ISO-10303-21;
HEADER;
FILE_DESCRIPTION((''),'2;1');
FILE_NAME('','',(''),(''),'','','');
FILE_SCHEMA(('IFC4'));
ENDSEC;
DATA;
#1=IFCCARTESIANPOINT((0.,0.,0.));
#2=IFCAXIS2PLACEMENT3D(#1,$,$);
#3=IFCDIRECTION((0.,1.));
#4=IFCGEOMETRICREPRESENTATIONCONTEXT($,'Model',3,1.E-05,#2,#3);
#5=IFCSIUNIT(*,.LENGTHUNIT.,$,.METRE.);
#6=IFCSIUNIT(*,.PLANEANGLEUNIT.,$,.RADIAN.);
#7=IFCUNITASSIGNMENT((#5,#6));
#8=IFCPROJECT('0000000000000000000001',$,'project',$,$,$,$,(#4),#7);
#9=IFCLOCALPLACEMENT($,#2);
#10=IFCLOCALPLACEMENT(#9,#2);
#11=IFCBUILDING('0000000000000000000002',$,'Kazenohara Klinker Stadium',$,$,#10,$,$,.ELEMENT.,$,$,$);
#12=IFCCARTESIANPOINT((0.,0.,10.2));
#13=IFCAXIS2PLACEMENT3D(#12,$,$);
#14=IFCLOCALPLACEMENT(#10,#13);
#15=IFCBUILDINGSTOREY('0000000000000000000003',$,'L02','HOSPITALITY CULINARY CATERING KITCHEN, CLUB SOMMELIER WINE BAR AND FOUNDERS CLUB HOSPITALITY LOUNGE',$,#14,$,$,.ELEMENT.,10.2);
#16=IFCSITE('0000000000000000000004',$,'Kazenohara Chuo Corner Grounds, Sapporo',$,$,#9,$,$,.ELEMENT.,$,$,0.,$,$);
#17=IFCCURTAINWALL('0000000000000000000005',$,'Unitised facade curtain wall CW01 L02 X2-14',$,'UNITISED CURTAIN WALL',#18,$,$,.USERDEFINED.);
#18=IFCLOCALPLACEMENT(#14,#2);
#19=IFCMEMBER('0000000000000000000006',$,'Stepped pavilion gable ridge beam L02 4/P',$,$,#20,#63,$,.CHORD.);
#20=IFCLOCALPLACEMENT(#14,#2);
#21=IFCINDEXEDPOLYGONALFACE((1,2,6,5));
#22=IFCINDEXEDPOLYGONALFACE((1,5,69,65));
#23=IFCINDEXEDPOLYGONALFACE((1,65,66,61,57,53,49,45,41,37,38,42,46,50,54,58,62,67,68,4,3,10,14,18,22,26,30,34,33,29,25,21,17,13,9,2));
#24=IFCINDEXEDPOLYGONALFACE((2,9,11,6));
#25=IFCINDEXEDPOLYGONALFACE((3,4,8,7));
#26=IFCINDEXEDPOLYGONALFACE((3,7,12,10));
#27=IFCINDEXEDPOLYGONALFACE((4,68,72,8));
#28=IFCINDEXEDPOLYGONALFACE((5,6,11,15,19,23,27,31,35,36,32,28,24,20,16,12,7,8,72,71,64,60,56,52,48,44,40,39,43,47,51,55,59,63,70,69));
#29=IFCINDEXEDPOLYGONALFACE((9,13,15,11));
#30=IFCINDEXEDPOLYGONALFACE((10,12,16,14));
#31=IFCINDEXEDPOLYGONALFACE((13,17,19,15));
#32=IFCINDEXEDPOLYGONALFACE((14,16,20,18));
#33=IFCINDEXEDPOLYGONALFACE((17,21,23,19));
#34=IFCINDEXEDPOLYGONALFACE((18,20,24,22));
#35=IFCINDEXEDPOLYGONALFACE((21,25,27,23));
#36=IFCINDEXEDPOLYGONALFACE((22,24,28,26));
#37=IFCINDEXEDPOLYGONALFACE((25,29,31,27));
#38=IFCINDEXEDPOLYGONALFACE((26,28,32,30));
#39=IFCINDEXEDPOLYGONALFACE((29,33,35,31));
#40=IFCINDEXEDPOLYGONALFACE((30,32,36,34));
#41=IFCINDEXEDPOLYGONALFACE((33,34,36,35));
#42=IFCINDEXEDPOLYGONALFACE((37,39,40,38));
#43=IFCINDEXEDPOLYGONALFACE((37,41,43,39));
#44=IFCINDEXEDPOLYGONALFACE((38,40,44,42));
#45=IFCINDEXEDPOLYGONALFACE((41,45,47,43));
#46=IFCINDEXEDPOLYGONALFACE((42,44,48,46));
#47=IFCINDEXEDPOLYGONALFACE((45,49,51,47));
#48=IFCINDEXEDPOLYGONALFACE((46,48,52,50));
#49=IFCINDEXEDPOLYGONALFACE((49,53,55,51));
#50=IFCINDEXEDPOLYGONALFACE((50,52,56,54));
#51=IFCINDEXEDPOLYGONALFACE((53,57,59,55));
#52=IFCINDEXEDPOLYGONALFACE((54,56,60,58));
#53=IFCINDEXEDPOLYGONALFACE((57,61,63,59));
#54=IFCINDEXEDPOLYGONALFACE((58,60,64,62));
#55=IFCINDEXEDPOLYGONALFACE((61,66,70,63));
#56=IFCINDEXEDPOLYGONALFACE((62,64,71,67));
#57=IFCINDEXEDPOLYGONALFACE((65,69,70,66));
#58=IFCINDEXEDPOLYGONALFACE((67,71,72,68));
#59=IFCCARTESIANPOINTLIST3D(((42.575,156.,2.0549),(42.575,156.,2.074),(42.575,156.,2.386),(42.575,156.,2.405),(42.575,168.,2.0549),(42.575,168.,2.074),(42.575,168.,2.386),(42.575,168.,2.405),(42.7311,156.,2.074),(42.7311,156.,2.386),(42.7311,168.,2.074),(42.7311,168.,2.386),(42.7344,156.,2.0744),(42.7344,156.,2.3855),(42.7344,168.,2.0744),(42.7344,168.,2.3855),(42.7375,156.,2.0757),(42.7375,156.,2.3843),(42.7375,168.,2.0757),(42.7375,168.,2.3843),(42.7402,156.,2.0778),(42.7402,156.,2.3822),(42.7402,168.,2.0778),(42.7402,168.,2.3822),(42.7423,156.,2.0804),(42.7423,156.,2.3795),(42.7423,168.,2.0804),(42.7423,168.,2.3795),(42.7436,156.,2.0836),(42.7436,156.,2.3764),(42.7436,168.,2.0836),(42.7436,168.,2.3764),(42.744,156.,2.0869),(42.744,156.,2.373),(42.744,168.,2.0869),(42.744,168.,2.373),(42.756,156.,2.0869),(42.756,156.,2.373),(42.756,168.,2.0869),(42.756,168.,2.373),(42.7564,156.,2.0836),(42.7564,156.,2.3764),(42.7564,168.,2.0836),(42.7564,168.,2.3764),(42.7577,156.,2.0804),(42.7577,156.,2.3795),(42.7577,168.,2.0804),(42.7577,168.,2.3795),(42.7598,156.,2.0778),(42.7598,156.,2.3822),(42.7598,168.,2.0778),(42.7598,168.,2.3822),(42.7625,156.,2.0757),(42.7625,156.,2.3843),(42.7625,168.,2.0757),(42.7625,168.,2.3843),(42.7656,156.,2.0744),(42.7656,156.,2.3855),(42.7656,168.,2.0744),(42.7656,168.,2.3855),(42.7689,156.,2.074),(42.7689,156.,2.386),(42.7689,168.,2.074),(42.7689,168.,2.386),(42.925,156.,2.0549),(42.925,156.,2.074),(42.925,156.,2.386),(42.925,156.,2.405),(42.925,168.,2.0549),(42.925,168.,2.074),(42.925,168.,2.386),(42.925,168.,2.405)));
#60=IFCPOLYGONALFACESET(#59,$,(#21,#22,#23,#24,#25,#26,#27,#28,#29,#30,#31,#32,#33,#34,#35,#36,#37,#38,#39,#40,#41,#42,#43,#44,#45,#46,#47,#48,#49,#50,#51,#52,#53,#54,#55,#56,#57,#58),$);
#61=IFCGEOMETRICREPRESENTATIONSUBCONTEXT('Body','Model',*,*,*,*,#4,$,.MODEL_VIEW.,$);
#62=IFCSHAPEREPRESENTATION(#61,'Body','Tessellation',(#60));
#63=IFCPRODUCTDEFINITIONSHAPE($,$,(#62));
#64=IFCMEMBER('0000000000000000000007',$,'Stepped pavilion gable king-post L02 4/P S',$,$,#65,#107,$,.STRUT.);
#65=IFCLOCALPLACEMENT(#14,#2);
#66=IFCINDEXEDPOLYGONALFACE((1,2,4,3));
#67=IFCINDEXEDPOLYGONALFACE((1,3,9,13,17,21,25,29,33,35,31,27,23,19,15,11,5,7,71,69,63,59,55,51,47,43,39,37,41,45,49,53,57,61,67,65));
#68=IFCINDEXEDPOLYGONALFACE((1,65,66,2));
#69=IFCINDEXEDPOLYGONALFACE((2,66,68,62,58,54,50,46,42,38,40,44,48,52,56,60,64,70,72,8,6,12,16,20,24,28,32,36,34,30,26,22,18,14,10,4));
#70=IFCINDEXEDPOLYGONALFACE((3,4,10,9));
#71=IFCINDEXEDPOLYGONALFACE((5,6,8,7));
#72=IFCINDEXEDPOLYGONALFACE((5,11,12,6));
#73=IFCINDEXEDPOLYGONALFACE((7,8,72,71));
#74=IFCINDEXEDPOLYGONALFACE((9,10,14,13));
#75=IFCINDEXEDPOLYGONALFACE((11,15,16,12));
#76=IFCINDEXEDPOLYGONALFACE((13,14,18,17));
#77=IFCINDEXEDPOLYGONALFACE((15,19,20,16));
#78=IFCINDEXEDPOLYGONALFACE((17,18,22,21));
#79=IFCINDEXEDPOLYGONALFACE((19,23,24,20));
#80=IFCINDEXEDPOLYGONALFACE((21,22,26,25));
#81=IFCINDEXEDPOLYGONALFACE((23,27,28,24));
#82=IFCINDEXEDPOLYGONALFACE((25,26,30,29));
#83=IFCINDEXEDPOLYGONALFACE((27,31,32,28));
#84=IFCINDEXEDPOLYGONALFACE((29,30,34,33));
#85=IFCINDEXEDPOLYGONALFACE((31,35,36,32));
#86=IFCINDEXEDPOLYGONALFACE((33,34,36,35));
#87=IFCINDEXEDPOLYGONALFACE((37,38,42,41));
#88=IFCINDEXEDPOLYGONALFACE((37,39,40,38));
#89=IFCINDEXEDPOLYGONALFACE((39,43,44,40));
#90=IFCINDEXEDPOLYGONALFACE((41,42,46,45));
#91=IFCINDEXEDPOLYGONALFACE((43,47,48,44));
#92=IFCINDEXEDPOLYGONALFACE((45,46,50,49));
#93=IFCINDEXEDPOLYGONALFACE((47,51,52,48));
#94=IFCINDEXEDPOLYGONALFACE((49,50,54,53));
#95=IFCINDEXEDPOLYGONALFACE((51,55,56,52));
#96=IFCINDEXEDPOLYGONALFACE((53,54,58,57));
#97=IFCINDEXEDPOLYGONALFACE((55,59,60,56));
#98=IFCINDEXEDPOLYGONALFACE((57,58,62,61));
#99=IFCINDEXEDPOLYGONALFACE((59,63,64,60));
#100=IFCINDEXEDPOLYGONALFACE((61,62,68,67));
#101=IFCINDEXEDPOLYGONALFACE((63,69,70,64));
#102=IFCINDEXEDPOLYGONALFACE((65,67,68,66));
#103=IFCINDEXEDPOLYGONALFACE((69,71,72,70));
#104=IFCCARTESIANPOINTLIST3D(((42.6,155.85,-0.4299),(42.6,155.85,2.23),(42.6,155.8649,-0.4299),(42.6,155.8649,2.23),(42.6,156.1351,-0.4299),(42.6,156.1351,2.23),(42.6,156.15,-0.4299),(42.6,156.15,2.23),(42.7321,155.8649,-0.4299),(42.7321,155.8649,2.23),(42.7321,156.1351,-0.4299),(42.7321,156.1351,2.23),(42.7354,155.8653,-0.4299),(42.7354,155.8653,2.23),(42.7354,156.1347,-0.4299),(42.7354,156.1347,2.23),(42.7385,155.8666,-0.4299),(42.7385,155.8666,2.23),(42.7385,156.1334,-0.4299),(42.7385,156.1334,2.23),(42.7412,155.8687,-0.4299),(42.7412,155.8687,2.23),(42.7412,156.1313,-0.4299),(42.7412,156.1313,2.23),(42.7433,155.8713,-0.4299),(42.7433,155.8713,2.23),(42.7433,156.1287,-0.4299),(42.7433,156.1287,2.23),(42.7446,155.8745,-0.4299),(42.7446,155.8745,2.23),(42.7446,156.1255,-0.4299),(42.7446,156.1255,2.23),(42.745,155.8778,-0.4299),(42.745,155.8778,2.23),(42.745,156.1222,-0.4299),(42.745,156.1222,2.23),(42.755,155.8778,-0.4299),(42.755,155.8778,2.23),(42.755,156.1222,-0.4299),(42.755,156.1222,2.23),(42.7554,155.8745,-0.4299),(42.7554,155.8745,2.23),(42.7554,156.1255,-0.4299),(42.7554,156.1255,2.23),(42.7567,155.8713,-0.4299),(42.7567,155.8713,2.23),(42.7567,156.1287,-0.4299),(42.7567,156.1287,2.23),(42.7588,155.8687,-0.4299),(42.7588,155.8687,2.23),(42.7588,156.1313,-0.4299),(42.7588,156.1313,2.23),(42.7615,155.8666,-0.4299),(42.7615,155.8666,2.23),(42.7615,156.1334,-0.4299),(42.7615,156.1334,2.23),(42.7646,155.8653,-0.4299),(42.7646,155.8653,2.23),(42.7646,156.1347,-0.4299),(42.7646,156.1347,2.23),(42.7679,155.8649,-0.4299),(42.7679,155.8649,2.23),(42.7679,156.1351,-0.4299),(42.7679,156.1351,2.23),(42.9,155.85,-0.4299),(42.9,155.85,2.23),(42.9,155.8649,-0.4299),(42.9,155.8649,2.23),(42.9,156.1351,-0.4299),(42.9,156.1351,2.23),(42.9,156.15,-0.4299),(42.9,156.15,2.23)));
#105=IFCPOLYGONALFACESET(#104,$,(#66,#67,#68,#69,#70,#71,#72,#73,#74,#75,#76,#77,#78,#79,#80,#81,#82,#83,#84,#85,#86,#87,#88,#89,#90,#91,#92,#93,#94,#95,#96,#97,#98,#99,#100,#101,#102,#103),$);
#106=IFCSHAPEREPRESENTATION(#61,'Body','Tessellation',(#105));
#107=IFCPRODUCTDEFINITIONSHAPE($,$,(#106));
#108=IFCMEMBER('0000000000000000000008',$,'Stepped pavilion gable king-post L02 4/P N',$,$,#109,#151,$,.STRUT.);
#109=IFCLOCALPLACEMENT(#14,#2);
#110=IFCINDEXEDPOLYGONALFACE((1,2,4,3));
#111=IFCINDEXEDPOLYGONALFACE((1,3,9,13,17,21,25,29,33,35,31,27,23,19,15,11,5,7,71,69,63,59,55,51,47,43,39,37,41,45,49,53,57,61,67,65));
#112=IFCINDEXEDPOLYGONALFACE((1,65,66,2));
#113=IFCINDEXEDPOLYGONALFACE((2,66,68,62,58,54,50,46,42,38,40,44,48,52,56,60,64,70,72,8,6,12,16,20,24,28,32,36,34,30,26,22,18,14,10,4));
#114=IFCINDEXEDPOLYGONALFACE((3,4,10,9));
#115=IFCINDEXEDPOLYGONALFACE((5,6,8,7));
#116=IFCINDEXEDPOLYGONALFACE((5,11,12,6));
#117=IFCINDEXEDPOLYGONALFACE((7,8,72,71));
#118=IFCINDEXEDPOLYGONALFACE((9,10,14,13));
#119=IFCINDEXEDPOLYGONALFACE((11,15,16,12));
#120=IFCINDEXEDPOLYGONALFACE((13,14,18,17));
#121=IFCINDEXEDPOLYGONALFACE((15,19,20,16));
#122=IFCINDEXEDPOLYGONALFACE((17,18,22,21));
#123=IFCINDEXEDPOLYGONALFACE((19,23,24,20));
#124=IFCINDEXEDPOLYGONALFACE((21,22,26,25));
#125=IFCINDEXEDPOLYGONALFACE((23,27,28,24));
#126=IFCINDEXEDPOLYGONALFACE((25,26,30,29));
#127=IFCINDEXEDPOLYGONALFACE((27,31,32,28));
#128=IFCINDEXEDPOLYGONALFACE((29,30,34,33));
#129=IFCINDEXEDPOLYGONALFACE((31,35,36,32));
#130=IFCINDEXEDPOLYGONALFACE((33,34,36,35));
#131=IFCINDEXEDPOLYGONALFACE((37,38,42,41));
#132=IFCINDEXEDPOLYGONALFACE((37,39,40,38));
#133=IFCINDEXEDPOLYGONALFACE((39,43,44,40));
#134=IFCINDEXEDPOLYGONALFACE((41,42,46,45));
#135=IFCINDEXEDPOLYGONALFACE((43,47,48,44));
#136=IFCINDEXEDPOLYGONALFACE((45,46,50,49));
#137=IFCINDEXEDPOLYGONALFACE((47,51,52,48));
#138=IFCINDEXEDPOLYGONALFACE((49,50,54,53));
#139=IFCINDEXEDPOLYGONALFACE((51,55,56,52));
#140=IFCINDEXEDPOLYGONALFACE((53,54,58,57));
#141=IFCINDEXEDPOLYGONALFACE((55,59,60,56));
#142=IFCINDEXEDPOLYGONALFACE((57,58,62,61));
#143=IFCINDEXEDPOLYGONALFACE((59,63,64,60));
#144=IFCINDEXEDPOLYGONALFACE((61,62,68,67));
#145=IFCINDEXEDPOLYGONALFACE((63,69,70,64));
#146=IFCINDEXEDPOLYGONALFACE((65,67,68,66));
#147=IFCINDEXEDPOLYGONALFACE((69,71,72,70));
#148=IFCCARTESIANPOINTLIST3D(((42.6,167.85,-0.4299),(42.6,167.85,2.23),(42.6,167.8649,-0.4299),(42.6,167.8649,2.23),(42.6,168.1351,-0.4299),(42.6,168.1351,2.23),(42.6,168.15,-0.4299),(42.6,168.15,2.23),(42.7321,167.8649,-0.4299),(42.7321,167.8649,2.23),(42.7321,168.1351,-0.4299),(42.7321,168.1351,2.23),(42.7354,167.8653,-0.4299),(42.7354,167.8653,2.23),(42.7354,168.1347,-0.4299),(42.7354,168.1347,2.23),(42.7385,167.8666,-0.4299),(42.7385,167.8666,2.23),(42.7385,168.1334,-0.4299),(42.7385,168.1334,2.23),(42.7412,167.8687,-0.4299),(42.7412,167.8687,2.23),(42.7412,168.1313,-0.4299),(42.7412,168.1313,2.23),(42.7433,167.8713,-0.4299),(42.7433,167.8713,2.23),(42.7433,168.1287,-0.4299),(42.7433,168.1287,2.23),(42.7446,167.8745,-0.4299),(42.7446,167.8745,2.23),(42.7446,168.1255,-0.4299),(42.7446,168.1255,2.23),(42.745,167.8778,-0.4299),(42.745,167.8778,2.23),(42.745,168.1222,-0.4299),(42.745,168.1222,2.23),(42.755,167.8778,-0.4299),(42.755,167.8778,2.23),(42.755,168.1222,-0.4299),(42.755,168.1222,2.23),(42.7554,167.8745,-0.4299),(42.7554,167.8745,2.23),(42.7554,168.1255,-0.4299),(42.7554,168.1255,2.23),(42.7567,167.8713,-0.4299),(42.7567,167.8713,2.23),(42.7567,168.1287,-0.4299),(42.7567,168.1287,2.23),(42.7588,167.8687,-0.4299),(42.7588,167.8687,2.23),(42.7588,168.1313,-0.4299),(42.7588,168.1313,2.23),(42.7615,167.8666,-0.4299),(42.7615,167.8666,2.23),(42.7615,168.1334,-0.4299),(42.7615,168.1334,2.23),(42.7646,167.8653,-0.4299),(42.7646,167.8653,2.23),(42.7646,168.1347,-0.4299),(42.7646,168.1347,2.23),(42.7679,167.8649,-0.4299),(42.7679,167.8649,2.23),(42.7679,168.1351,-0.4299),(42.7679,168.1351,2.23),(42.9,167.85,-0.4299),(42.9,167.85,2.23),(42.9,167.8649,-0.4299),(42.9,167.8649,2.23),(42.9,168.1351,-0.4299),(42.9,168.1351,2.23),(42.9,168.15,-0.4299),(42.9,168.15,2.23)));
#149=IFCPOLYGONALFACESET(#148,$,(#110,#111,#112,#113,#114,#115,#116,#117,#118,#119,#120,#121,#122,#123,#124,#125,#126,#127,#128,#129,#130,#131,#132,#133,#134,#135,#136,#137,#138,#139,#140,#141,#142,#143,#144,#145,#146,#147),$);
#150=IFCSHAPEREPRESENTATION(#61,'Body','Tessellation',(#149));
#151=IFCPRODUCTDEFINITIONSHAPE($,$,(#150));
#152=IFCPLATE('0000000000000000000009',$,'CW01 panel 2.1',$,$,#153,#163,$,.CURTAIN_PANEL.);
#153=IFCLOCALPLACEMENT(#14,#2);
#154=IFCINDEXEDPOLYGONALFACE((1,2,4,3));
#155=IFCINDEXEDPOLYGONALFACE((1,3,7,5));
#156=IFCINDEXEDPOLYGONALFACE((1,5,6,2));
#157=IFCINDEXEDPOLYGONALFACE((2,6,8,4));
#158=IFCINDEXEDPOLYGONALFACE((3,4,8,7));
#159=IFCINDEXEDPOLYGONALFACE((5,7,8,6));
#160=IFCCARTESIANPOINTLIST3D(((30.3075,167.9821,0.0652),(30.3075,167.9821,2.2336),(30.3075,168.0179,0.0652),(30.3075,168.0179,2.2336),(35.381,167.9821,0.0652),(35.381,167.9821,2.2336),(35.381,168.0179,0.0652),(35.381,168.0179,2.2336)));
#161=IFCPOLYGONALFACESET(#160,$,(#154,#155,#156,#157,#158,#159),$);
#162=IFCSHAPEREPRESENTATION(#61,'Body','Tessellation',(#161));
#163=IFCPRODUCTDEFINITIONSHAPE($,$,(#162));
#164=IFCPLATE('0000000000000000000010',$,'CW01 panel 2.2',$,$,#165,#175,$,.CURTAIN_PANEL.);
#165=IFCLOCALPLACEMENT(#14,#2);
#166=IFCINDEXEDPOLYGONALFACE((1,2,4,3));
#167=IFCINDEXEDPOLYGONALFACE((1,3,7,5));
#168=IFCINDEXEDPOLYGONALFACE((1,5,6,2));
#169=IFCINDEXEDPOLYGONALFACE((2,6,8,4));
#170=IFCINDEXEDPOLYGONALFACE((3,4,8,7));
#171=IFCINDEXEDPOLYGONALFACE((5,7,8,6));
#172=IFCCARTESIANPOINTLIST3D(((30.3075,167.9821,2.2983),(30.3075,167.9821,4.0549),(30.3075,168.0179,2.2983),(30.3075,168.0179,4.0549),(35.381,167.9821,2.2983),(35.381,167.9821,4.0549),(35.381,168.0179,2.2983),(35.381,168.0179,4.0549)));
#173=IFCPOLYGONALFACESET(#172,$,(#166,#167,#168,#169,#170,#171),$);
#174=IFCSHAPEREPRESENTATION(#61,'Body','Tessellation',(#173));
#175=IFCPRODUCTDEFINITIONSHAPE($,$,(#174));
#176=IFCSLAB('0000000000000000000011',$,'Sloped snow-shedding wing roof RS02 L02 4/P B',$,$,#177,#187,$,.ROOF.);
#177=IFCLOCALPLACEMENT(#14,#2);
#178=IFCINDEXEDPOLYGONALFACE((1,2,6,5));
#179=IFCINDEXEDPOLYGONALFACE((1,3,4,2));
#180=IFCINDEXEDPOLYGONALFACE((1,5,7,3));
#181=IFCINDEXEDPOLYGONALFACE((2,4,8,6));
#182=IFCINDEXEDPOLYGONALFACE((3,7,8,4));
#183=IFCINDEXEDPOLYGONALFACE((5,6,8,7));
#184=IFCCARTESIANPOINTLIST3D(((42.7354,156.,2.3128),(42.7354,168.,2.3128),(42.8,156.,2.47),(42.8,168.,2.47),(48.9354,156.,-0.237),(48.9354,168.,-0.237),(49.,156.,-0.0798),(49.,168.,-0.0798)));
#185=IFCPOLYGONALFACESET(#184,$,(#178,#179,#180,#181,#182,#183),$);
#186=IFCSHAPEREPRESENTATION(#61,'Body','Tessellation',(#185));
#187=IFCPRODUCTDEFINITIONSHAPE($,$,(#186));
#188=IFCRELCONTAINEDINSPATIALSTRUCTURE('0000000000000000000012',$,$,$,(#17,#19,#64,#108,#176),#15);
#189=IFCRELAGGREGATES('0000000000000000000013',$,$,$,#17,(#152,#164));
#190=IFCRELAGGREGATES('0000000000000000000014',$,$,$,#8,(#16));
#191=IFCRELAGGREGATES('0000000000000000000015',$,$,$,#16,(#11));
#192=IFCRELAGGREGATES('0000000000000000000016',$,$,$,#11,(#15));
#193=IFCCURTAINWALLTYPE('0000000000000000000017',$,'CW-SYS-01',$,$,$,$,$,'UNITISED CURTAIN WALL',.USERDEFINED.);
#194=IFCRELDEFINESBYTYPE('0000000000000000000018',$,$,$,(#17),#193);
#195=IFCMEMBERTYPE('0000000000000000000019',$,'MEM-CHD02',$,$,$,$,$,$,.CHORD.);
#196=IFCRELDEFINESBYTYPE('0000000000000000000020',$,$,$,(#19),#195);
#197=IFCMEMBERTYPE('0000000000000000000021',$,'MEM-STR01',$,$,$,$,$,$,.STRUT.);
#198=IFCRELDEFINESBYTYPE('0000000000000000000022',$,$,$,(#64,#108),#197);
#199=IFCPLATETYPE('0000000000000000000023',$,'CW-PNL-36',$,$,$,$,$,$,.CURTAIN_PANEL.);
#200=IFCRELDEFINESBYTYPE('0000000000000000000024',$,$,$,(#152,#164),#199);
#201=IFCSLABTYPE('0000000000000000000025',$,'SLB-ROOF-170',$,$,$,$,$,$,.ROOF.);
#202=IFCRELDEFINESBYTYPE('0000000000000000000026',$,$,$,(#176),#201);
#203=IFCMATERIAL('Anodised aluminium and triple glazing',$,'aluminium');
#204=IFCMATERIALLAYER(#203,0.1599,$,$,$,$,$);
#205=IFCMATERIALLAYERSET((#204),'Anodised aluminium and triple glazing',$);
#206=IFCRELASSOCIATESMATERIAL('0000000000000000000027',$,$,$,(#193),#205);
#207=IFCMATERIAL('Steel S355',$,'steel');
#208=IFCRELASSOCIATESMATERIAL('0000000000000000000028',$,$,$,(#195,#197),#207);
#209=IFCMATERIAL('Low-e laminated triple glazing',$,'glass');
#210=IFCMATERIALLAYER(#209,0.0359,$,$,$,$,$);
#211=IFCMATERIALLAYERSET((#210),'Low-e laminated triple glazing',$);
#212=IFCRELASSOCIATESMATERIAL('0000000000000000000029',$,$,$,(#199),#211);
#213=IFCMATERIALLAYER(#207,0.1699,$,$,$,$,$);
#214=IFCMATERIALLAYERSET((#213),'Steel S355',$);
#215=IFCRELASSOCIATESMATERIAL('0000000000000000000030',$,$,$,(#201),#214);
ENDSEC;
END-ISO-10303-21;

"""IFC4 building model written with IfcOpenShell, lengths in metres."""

from ifc_helpers import new_model, si_unit, direction, frame, origin, origin_2d, place, context, subcontext, project, spatial, polyline, rectangle, i_section, outline, extrude, material, layer, layer_set, material_profile, profile_set, type_object, element, aggregate, save


model = new_model("IFC4")

# Units and contexts
model_context = context("Model", 3, precision=1e-05, world=origin(), true_north=direction((0.0, 1.0)))
body_context = subcontext(model_context, "Body", "Model", "MODEL_VIEW")
ifc_project = project(units=[si_unit("LENGTHUNIT", "METRE"), si_unit("PLANEANGLEUNIT", "RADIAN")], contexts=[model_context])

# Site, building, storey
site_placement = place(None, origin())
site = spatial("IfcSite", under=ifc_project, at=site_placement, Name="Kazenohara Chuo Corner Grounds, Sapporo", CompositionType="ELEMENT", RefElevation=0.0)
building_placement = place(site_placement, origin())
building = spatial("IfcBuilding", under=site, at=building_placement, Name="Kazenohara Klinker Stadium", CompositionType="ELEMENT")
storey_placement = place(building_placement, frame((0.0, 0.0, 10.2)))
storey = spatial("IfcBuildingStorey", under=building, at=storey_placement, Name="L02", Description="HOSPITALITY CULINARY CATERING KITCHEN, CLUB SOMMELIER WINE BAR AND FOUNDERS CLUB HOSPITALITY LOUNGE", CompositionType="ELEMENT", Elevation=10.2)

# Shared definitions
ifc_material_1 = material(Name="Steel S355", Category="steel")

# Curtain wall
ifc_material_2 = material(Name="Anodised aluminium and triple glazing", Category="aluminium")
ifc_layer_1 = layer(ifc_material_2, 0.1599)
ifc_layer_set_1 = layer_set([ifc_layer_1], Name="Anodised aluminium and triple glazing")
curtain_wall_type = type_object("IfcCurtainWallType", Name="CW-SYS-01", ElementType="UNITISED CURTAIN WALL", PredefinedType="USERDEFINED", material=ifc_layer_set_1)
curtain_wall_placement = place(storey_placement, origin())
curtain_wall = element("IfcCurtainWall", 1, at=curtain_wall_placement, inside=storey, type_object=curtain_wall_type, Name="Unitised facade curtain wall CW01 L02 X2-14", ObjectType="UNITISED CURTAIN WALL", PredefinedType="USERDEFINED")

# Members
ifc_material_profile_1 = material_profile(ifc_material_1, i_section(OverallWidth=0.3501, OverallDepth=0.3501, WebThickness=0.012, FlangeThickness=0.019, FilletRadius=0.0129, at=origin_2d()), Name="H-350x350x12x19")
ifc_profile_set_1 = profile_set([ifc_material_profile_1], Name="Steel S355")
member_type_1 = type_object("IfcMemberType", Name="MEM-CHD02", PredefinedType="CHORD", material=ifc_profile_set_1)
member_1_placement = place(storey_placement, frame((42.75, 156.0, 2.23), z_axis=(0.0, 1.0, 0.0), x_axis=(-1.0, 0.0, 0.0)))
element("IfcMember", 2, at=member_1_placement, inside=storey, type_object=member_type_1, Name="Stepped pavilion gable ridge beam L02 4/P", PredefinedType="CHORD", context=body_context, shape_type="SweptSolid", body=[
    extrude(i_section(OverallWidth=0.3501, OverallDepth=0.3501, WebThickness=0.012, FlangeThickness=0.019, FilletRadius=0.0129, at=origin_2d()), origin(), (0.0, 0.0, 1.0), 12.0),
])
ifc_material_profile_2 = material_profile(ifc_material_1, i_section(OverallWidth=0.3, OverallDepth=0.3, WebThickness=0.01, FlangeThickness=0.0149, FilletRadius=0.0129, at=origin_2d()), Name="H-300x300x10x15")
ifc_profile_set_2 = profile_set([ifc_material_profile_2], Name="Steel S355")
member_type_2 = type_object("IfcMemberType", Name="MEM-STR01", PredefinedType="STRUT", material=ifc_profile_set_2)
for number, where, z_axis, x_axis, name in (
    (3, (42.75, 156.0, -0.4299), (0.0, 0.0, 1.0), (1.0, 0.0, 0.0), "Stepped pavilion gable king-post L02 4/P S"),
    (4, (42.75, 168.0, -0.4299), (0.0, 0.0, 1.0), (1.0, 0.0, 0.0), "Stepped pavilion gable king-post L02 4/P N"),
):
    element("IfcMember", number, at=place(storey_placement, frame(where, z_axis=z_axis, x_axis=x_axis)), inside=storey, type_object=member_type_2, Name=name, PredefinedType="STRUT", context=body_context, shape_type="SweptSolid", body=[
        extrude(i_section(OverallWidth=0.3, OverallDepth=0.3, WebThickness=0.01, FlangeThickness=0.0149, FilletRadius=0.0129, at=origin_2d()), origin(), (0.0, 0.0, 1.0), 2.6599),
    ])

# Plates
ifc_material_3 = material(Name="Low-e laminated triple glazing", Category="glass")
ifc_layer_2 = layer(ifc_material_3, 0.0359)
ifc_layer_set_2 = layer_set([ifc_layer_2], Name="Low-e laminated triple glazing")
plate_type = type_object("IfcPlateType", Name="CW-PNL-36", PredefinedType="CURTAIN_PANEL", material=ifc_layer_set_2)
plate_1_placement = place(storey_placement, frame((32.8442, 168.0, 0.0652), z_axis=(0.0, 0.0, 1.0), x_axis=(1.0, 0.0, 0.0)))
plate_1 = element("IfcPlate", 5, at=plate_1_placement, type_object=plate_type, Name="CW01 panel 2.1", PredefinedType="CURTAIN_PANEL", context=body_context, shape_type="SweptSolid", body=[
    extrude(rectangle(XDim=5.0735, YDim=0.0359, at=origin_2d()), origin(), (0.0, 0.0, 1.0), 2.1685),
])
plate_2_placement = place(storey_placement, frame((32.8442, 168.0, 2.2983), z_axis=(0.0, 0.0, 1.0), x_axis=(1.0, 0.0, 0.0)))
plate_2 = element("IfcPlate", 6, at=plate_2_placement, type_object=plate_type, Name="CW01 panel 2.2", PredefinedType="CURTAIN_PANEL", context=body_context, shape_type="SweptSolid", body=[
    extrude(rectangle(XDim=5.0735, YDim=0.0359, at=origin_2d()), origin(), (0.0, 0.0, 1.0), 1.7566),
])
aggregate(curtain_wall, [plate_1, plate_2])

# Slab
ifc_layer_3 = layer(ifc_material_1, 0.1699)
ifc_layer_set_3 = layer_set([ifc_layer_3], Name="Steel S355")
slab_type = type_object("IfcSlabType", Name="SLB-ROOF-170", PredefinedType="ROOF", material=ifc_layer_set_3)
slab_placement = place(storey_placement, frame((42.8, 156.0, 2.47), z_axis=(0.380352, 0.0, 0.924842), x_axis=(0.924842, 0.0, -0.380352)))
element("IfcSlab", 7, at=slab_placement, inside=storey, type_object=slab_type, Name="Sloped snow-shedding wing roof RS02 L02 4/P B", PredefinedType="ROOF", context=body_context, shape_type="SweptSolid", body=[
    extrude(outline(polyline([(0.0, 0.0), (6.7038, 0.0), (6.7038, 12.0), (0.0, 12.0), (0.0, 0.0)])), origin(), (0.0, 0.0, -1.0), 0.1699),
])

save(model, "model.ifc")
